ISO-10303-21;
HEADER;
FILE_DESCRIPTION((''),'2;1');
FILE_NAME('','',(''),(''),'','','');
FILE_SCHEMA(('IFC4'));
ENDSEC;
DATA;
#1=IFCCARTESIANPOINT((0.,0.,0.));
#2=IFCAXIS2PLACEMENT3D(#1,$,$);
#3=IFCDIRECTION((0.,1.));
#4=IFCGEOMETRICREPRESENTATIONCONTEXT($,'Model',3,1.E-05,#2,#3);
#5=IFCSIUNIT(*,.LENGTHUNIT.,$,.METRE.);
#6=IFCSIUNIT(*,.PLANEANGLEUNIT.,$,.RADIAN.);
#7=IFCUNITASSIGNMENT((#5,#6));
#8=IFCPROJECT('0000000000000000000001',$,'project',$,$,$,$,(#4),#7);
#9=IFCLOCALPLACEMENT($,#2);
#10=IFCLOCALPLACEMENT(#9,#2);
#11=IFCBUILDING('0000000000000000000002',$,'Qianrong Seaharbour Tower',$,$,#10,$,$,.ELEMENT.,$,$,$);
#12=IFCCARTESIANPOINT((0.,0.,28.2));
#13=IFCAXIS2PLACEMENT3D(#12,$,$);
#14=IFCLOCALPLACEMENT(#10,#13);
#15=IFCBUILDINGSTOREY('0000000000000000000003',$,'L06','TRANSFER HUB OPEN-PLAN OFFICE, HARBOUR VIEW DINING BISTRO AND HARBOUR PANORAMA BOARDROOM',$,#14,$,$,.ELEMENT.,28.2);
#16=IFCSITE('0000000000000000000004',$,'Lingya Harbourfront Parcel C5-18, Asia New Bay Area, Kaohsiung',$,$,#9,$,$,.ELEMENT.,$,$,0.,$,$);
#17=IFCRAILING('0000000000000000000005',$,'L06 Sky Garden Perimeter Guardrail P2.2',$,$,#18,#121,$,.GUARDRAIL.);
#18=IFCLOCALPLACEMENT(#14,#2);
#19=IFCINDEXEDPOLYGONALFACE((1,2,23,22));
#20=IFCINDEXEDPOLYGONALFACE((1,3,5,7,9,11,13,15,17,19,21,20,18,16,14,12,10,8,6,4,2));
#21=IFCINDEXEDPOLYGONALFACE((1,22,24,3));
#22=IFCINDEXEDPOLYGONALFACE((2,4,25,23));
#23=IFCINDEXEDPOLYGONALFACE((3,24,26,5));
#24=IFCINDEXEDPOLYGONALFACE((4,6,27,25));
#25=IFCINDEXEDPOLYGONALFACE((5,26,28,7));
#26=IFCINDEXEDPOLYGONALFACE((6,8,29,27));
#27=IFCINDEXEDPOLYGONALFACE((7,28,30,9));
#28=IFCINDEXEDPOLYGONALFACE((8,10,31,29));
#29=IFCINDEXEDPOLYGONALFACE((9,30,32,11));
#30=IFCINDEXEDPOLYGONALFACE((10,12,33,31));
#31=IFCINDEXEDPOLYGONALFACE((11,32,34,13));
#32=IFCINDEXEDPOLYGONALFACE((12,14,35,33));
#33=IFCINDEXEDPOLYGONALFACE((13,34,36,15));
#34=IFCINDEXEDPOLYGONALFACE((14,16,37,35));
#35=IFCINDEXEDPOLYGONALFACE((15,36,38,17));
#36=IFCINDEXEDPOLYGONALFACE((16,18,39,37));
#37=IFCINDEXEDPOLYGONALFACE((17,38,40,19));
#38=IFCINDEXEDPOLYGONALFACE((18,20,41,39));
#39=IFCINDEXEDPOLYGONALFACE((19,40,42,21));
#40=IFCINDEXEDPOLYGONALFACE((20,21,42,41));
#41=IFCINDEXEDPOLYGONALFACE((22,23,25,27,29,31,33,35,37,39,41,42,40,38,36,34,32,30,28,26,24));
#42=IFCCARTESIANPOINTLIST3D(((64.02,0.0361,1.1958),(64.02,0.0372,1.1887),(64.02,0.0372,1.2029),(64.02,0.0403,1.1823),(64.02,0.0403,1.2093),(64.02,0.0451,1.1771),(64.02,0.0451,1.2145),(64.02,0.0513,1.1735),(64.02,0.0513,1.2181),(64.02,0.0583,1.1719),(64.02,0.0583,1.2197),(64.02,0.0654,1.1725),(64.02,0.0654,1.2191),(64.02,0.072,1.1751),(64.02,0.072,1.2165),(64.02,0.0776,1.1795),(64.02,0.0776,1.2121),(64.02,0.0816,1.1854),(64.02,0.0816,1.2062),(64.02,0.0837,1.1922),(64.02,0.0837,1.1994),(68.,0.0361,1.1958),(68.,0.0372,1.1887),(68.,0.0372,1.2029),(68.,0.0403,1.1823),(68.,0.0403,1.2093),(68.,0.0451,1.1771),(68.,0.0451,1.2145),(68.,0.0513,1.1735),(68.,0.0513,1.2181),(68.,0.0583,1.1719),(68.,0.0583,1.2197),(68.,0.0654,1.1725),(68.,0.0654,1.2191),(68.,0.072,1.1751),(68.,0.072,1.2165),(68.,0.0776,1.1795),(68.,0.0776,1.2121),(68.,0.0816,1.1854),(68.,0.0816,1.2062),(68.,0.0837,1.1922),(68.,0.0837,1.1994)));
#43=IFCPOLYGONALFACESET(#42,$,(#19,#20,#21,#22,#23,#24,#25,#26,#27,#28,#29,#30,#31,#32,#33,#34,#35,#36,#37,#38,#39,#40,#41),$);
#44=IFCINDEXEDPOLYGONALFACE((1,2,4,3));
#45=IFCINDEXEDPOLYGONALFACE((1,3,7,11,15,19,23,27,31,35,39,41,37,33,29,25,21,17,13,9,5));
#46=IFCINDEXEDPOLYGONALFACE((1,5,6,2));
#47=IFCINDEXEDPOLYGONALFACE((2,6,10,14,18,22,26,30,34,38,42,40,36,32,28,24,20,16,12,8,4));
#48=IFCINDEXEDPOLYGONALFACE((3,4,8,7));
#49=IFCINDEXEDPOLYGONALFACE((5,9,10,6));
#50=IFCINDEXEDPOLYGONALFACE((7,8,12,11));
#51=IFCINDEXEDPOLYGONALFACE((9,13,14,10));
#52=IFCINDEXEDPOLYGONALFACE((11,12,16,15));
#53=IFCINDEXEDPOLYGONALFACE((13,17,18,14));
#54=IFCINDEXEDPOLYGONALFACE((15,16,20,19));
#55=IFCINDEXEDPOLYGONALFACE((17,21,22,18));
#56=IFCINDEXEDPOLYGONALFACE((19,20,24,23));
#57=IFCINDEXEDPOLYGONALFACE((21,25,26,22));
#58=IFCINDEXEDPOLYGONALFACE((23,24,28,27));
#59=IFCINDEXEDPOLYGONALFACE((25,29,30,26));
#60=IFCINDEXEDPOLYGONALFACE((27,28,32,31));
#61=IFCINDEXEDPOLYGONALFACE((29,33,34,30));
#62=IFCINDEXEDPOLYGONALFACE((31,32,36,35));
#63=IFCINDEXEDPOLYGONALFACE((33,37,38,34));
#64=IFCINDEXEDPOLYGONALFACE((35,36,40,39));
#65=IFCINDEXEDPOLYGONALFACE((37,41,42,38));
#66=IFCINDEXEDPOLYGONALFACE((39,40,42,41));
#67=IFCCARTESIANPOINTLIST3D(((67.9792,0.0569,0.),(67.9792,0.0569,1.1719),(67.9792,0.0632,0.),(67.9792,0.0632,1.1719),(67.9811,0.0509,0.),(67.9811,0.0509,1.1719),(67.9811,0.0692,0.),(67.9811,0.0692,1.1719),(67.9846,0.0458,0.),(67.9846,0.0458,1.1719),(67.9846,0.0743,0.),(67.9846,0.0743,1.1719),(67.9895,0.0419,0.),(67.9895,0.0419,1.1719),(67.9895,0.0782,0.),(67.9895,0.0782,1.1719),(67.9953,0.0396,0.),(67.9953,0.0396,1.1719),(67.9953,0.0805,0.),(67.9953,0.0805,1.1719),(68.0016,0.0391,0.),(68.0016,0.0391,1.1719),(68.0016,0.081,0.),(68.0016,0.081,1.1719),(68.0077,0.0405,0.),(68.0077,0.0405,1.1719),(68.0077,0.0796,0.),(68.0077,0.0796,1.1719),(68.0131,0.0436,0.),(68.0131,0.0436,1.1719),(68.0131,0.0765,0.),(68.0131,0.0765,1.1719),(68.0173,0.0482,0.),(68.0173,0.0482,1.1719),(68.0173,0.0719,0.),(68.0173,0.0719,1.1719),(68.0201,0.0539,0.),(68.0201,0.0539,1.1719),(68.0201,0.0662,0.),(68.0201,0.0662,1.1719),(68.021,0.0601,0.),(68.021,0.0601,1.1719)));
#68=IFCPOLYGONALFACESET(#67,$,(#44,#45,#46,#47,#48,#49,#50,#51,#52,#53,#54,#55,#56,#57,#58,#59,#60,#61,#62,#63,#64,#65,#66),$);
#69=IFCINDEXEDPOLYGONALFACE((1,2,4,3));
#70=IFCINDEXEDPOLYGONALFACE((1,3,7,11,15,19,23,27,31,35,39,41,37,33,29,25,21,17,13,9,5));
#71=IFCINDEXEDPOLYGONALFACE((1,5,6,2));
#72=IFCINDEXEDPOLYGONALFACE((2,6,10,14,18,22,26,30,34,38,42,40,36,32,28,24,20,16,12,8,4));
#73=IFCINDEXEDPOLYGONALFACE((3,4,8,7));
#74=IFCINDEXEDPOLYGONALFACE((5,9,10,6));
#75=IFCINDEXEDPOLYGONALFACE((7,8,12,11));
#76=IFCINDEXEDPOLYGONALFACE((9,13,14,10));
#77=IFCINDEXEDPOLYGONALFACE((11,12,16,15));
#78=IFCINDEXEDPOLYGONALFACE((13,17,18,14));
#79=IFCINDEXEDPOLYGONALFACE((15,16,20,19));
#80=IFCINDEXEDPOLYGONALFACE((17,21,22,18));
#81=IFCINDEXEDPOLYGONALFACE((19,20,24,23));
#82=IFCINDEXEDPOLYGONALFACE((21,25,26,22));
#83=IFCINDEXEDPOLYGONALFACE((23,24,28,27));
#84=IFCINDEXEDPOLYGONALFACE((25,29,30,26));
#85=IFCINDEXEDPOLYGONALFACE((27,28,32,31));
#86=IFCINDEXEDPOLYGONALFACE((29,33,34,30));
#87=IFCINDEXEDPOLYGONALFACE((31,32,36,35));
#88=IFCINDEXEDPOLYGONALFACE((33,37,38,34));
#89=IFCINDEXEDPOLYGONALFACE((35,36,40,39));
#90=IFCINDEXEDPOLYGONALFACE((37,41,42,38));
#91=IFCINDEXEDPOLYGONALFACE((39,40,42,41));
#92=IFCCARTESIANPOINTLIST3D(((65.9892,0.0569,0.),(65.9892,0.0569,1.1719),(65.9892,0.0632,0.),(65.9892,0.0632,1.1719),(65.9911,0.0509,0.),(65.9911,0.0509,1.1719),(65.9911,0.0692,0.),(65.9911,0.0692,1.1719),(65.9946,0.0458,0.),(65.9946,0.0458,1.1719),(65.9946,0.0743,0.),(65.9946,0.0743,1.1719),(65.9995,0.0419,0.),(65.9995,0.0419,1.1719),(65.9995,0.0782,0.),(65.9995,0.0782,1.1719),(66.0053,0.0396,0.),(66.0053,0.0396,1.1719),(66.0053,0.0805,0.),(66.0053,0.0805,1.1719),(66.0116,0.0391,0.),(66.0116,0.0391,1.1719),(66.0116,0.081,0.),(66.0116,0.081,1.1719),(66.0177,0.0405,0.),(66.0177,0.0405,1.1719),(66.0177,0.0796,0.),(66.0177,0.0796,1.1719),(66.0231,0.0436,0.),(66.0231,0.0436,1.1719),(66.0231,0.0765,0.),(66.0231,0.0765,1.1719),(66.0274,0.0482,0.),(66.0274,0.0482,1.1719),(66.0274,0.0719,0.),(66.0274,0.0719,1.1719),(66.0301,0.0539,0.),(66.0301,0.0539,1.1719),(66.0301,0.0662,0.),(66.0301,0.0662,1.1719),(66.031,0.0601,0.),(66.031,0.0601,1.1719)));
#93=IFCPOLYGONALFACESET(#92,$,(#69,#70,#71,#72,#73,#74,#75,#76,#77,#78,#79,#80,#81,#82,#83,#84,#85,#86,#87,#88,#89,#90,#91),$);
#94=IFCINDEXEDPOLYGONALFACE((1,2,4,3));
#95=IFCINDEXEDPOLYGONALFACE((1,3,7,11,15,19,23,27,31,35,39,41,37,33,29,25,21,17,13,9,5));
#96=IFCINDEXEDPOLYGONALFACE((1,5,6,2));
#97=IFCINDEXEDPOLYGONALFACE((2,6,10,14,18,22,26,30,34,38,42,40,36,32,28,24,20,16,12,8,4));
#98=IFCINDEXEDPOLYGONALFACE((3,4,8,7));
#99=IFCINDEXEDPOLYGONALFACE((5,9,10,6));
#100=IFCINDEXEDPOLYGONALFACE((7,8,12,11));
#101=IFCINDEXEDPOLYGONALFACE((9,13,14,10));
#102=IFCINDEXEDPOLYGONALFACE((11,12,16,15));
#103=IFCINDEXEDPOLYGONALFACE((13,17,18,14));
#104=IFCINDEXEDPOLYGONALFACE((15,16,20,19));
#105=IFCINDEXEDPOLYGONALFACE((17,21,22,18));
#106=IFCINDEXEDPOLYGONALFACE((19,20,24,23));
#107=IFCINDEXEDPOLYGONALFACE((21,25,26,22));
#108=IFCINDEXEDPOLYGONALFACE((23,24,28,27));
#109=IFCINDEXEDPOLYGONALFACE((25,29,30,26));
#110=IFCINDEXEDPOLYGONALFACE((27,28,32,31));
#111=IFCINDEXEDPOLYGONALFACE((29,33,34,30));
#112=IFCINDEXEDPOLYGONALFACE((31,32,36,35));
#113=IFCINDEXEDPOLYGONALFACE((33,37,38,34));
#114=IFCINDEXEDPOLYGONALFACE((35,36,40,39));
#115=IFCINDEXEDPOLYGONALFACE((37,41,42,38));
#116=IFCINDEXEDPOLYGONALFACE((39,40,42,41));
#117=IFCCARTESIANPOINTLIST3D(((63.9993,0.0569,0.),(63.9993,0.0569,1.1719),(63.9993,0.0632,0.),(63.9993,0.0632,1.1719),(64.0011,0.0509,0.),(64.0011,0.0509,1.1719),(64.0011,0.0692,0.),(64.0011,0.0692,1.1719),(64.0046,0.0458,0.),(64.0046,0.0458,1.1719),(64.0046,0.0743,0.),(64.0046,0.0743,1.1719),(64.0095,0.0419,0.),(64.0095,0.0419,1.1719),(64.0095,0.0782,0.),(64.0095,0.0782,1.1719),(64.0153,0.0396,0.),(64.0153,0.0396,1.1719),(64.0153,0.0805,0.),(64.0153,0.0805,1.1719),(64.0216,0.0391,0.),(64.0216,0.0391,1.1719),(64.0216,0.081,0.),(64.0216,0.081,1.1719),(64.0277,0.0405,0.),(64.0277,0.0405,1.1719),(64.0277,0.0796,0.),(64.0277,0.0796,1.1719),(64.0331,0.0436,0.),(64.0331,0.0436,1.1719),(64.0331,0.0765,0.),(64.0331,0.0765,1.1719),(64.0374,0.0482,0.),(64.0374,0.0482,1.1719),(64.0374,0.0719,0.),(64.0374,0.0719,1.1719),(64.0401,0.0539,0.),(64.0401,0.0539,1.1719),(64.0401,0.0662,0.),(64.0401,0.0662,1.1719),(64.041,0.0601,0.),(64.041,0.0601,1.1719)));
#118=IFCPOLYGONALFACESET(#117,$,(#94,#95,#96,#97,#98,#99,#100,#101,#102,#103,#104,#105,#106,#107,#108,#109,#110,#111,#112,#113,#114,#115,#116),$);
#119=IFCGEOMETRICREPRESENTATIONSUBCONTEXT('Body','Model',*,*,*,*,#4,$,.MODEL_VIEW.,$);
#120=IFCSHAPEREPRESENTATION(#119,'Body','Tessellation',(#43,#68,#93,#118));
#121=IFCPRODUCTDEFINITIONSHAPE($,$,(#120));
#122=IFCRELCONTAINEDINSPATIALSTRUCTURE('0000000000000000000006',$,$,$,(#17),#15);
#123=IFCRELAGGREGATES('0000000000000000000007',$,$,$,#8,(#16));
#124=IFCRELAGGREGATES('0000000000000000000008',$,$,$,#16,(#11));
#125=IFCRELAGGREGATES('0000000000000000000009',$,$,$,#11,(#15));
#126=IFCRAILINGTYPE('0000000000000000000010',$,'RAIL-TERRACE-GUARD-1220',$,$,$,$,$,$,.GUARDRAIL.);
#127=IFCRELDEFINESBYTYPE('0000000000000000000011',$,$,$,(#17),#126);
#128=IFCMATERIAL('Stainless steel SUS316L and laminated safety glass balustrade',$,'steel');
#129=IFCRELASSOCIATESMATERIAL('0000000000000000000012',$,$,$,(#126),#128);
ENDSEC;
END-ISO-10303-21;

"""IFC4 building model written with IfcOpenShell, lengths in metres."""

from ifc_helpers import new_model, si_unit, direction, frame, origin, origin_2d, place, context, subcontext, project, spatial, circle, extrude, material, type_object, element, save


model = new_model("IFC4")

# Units and contexts
model_context = context("Model", 3, precision=1e-05, world=origin(), true_north=direction((0.0, 1.0)))
body_context = subcontext(model_context, "Body", "Model", "MODEL_VIEW")
ifc_project = project(units=[si_unit("LENGTHUNIT", "METRE"), si_unit("PLANEANGLEUNIT", "RADIAN")], contexts=[model_context])

# Site, building, storey
site_placement = place(None, origin())
site = spatial("IfcSite", under=ifc_project, at=site_placement, Name="Lingya Harbourfront Parcel C5-18, Asia New Bay Area, Kaohsiung", CompositionType="ELEMENT", RefElevation=0.0)
building_placement = place(site_placement, origin())
building = spatial("IfcBuilding", under=site, at=building_placement, Name="Qianrong Seaharbour Tower", CompositionType="ELEMENT")
storey_placement = place(building_placement, frame((0.0, 0.0, 28.2)))
storey = spatial("IfcBuildingStorey", under=building, at=storey_placement, Name="L06", Description="TRANSFER HUB OPEN-PLAN OFFICE, HARBOUR VIEW DINING BISTRO AND HARBOUR PANORAMA BOARDROOM", CompositionType="ELEMENT", Elevation=28.2)

# Railing
ifc_material_1 = material(Name="Stainless steel SUS316L and laminated safety glass balustrade", Category="steel")
railing_type = type_object("IfcRailingType", Name="RAIL-TERRACE-GUARD-1220", PredefinedType="GUARDRAIL", material=ifc_material_1)
railing_1_placement = place(storey_placement, frame((68.0, 0.0601, 0.0)))
element("IfcRailing", 1, at=railing_1_placement, inside=storey, type_object=railing_type, Name="L06 Sky Garden Perimeter Guardrail P2.2", PredefinedType="GUARDRAIL", context=body_context, shape_type="SweptSolid", body=[
    extrude(circle(Radius=0.0239, at=origin_2d()), frame((0.0, 0.0, 1.1958), z_axis=(-1.0, 0.0, 0.0), x_axis=(0.0, -1.0, 0.0)), (0.0, 0.0, 1.0), 3.98),
    extrude(circle(Radius=0.021, at=origin_2d()), origin(), (0.0, 0.0, 1.0), 1.1719),
    extrude(circle(Radius=0.021, at=origin_2d()), frame((-1.99, 0.0, 0.0)), (0.0, 0.0, 1.0), 1.1719),
    extrude(circle(Radius=0.021, at=origin_2d()), frame((-3.98, 0.0, 0.0)), (0.0, 0.0, 1.0), 1.1719),
])

save(model, "model.ifc")
